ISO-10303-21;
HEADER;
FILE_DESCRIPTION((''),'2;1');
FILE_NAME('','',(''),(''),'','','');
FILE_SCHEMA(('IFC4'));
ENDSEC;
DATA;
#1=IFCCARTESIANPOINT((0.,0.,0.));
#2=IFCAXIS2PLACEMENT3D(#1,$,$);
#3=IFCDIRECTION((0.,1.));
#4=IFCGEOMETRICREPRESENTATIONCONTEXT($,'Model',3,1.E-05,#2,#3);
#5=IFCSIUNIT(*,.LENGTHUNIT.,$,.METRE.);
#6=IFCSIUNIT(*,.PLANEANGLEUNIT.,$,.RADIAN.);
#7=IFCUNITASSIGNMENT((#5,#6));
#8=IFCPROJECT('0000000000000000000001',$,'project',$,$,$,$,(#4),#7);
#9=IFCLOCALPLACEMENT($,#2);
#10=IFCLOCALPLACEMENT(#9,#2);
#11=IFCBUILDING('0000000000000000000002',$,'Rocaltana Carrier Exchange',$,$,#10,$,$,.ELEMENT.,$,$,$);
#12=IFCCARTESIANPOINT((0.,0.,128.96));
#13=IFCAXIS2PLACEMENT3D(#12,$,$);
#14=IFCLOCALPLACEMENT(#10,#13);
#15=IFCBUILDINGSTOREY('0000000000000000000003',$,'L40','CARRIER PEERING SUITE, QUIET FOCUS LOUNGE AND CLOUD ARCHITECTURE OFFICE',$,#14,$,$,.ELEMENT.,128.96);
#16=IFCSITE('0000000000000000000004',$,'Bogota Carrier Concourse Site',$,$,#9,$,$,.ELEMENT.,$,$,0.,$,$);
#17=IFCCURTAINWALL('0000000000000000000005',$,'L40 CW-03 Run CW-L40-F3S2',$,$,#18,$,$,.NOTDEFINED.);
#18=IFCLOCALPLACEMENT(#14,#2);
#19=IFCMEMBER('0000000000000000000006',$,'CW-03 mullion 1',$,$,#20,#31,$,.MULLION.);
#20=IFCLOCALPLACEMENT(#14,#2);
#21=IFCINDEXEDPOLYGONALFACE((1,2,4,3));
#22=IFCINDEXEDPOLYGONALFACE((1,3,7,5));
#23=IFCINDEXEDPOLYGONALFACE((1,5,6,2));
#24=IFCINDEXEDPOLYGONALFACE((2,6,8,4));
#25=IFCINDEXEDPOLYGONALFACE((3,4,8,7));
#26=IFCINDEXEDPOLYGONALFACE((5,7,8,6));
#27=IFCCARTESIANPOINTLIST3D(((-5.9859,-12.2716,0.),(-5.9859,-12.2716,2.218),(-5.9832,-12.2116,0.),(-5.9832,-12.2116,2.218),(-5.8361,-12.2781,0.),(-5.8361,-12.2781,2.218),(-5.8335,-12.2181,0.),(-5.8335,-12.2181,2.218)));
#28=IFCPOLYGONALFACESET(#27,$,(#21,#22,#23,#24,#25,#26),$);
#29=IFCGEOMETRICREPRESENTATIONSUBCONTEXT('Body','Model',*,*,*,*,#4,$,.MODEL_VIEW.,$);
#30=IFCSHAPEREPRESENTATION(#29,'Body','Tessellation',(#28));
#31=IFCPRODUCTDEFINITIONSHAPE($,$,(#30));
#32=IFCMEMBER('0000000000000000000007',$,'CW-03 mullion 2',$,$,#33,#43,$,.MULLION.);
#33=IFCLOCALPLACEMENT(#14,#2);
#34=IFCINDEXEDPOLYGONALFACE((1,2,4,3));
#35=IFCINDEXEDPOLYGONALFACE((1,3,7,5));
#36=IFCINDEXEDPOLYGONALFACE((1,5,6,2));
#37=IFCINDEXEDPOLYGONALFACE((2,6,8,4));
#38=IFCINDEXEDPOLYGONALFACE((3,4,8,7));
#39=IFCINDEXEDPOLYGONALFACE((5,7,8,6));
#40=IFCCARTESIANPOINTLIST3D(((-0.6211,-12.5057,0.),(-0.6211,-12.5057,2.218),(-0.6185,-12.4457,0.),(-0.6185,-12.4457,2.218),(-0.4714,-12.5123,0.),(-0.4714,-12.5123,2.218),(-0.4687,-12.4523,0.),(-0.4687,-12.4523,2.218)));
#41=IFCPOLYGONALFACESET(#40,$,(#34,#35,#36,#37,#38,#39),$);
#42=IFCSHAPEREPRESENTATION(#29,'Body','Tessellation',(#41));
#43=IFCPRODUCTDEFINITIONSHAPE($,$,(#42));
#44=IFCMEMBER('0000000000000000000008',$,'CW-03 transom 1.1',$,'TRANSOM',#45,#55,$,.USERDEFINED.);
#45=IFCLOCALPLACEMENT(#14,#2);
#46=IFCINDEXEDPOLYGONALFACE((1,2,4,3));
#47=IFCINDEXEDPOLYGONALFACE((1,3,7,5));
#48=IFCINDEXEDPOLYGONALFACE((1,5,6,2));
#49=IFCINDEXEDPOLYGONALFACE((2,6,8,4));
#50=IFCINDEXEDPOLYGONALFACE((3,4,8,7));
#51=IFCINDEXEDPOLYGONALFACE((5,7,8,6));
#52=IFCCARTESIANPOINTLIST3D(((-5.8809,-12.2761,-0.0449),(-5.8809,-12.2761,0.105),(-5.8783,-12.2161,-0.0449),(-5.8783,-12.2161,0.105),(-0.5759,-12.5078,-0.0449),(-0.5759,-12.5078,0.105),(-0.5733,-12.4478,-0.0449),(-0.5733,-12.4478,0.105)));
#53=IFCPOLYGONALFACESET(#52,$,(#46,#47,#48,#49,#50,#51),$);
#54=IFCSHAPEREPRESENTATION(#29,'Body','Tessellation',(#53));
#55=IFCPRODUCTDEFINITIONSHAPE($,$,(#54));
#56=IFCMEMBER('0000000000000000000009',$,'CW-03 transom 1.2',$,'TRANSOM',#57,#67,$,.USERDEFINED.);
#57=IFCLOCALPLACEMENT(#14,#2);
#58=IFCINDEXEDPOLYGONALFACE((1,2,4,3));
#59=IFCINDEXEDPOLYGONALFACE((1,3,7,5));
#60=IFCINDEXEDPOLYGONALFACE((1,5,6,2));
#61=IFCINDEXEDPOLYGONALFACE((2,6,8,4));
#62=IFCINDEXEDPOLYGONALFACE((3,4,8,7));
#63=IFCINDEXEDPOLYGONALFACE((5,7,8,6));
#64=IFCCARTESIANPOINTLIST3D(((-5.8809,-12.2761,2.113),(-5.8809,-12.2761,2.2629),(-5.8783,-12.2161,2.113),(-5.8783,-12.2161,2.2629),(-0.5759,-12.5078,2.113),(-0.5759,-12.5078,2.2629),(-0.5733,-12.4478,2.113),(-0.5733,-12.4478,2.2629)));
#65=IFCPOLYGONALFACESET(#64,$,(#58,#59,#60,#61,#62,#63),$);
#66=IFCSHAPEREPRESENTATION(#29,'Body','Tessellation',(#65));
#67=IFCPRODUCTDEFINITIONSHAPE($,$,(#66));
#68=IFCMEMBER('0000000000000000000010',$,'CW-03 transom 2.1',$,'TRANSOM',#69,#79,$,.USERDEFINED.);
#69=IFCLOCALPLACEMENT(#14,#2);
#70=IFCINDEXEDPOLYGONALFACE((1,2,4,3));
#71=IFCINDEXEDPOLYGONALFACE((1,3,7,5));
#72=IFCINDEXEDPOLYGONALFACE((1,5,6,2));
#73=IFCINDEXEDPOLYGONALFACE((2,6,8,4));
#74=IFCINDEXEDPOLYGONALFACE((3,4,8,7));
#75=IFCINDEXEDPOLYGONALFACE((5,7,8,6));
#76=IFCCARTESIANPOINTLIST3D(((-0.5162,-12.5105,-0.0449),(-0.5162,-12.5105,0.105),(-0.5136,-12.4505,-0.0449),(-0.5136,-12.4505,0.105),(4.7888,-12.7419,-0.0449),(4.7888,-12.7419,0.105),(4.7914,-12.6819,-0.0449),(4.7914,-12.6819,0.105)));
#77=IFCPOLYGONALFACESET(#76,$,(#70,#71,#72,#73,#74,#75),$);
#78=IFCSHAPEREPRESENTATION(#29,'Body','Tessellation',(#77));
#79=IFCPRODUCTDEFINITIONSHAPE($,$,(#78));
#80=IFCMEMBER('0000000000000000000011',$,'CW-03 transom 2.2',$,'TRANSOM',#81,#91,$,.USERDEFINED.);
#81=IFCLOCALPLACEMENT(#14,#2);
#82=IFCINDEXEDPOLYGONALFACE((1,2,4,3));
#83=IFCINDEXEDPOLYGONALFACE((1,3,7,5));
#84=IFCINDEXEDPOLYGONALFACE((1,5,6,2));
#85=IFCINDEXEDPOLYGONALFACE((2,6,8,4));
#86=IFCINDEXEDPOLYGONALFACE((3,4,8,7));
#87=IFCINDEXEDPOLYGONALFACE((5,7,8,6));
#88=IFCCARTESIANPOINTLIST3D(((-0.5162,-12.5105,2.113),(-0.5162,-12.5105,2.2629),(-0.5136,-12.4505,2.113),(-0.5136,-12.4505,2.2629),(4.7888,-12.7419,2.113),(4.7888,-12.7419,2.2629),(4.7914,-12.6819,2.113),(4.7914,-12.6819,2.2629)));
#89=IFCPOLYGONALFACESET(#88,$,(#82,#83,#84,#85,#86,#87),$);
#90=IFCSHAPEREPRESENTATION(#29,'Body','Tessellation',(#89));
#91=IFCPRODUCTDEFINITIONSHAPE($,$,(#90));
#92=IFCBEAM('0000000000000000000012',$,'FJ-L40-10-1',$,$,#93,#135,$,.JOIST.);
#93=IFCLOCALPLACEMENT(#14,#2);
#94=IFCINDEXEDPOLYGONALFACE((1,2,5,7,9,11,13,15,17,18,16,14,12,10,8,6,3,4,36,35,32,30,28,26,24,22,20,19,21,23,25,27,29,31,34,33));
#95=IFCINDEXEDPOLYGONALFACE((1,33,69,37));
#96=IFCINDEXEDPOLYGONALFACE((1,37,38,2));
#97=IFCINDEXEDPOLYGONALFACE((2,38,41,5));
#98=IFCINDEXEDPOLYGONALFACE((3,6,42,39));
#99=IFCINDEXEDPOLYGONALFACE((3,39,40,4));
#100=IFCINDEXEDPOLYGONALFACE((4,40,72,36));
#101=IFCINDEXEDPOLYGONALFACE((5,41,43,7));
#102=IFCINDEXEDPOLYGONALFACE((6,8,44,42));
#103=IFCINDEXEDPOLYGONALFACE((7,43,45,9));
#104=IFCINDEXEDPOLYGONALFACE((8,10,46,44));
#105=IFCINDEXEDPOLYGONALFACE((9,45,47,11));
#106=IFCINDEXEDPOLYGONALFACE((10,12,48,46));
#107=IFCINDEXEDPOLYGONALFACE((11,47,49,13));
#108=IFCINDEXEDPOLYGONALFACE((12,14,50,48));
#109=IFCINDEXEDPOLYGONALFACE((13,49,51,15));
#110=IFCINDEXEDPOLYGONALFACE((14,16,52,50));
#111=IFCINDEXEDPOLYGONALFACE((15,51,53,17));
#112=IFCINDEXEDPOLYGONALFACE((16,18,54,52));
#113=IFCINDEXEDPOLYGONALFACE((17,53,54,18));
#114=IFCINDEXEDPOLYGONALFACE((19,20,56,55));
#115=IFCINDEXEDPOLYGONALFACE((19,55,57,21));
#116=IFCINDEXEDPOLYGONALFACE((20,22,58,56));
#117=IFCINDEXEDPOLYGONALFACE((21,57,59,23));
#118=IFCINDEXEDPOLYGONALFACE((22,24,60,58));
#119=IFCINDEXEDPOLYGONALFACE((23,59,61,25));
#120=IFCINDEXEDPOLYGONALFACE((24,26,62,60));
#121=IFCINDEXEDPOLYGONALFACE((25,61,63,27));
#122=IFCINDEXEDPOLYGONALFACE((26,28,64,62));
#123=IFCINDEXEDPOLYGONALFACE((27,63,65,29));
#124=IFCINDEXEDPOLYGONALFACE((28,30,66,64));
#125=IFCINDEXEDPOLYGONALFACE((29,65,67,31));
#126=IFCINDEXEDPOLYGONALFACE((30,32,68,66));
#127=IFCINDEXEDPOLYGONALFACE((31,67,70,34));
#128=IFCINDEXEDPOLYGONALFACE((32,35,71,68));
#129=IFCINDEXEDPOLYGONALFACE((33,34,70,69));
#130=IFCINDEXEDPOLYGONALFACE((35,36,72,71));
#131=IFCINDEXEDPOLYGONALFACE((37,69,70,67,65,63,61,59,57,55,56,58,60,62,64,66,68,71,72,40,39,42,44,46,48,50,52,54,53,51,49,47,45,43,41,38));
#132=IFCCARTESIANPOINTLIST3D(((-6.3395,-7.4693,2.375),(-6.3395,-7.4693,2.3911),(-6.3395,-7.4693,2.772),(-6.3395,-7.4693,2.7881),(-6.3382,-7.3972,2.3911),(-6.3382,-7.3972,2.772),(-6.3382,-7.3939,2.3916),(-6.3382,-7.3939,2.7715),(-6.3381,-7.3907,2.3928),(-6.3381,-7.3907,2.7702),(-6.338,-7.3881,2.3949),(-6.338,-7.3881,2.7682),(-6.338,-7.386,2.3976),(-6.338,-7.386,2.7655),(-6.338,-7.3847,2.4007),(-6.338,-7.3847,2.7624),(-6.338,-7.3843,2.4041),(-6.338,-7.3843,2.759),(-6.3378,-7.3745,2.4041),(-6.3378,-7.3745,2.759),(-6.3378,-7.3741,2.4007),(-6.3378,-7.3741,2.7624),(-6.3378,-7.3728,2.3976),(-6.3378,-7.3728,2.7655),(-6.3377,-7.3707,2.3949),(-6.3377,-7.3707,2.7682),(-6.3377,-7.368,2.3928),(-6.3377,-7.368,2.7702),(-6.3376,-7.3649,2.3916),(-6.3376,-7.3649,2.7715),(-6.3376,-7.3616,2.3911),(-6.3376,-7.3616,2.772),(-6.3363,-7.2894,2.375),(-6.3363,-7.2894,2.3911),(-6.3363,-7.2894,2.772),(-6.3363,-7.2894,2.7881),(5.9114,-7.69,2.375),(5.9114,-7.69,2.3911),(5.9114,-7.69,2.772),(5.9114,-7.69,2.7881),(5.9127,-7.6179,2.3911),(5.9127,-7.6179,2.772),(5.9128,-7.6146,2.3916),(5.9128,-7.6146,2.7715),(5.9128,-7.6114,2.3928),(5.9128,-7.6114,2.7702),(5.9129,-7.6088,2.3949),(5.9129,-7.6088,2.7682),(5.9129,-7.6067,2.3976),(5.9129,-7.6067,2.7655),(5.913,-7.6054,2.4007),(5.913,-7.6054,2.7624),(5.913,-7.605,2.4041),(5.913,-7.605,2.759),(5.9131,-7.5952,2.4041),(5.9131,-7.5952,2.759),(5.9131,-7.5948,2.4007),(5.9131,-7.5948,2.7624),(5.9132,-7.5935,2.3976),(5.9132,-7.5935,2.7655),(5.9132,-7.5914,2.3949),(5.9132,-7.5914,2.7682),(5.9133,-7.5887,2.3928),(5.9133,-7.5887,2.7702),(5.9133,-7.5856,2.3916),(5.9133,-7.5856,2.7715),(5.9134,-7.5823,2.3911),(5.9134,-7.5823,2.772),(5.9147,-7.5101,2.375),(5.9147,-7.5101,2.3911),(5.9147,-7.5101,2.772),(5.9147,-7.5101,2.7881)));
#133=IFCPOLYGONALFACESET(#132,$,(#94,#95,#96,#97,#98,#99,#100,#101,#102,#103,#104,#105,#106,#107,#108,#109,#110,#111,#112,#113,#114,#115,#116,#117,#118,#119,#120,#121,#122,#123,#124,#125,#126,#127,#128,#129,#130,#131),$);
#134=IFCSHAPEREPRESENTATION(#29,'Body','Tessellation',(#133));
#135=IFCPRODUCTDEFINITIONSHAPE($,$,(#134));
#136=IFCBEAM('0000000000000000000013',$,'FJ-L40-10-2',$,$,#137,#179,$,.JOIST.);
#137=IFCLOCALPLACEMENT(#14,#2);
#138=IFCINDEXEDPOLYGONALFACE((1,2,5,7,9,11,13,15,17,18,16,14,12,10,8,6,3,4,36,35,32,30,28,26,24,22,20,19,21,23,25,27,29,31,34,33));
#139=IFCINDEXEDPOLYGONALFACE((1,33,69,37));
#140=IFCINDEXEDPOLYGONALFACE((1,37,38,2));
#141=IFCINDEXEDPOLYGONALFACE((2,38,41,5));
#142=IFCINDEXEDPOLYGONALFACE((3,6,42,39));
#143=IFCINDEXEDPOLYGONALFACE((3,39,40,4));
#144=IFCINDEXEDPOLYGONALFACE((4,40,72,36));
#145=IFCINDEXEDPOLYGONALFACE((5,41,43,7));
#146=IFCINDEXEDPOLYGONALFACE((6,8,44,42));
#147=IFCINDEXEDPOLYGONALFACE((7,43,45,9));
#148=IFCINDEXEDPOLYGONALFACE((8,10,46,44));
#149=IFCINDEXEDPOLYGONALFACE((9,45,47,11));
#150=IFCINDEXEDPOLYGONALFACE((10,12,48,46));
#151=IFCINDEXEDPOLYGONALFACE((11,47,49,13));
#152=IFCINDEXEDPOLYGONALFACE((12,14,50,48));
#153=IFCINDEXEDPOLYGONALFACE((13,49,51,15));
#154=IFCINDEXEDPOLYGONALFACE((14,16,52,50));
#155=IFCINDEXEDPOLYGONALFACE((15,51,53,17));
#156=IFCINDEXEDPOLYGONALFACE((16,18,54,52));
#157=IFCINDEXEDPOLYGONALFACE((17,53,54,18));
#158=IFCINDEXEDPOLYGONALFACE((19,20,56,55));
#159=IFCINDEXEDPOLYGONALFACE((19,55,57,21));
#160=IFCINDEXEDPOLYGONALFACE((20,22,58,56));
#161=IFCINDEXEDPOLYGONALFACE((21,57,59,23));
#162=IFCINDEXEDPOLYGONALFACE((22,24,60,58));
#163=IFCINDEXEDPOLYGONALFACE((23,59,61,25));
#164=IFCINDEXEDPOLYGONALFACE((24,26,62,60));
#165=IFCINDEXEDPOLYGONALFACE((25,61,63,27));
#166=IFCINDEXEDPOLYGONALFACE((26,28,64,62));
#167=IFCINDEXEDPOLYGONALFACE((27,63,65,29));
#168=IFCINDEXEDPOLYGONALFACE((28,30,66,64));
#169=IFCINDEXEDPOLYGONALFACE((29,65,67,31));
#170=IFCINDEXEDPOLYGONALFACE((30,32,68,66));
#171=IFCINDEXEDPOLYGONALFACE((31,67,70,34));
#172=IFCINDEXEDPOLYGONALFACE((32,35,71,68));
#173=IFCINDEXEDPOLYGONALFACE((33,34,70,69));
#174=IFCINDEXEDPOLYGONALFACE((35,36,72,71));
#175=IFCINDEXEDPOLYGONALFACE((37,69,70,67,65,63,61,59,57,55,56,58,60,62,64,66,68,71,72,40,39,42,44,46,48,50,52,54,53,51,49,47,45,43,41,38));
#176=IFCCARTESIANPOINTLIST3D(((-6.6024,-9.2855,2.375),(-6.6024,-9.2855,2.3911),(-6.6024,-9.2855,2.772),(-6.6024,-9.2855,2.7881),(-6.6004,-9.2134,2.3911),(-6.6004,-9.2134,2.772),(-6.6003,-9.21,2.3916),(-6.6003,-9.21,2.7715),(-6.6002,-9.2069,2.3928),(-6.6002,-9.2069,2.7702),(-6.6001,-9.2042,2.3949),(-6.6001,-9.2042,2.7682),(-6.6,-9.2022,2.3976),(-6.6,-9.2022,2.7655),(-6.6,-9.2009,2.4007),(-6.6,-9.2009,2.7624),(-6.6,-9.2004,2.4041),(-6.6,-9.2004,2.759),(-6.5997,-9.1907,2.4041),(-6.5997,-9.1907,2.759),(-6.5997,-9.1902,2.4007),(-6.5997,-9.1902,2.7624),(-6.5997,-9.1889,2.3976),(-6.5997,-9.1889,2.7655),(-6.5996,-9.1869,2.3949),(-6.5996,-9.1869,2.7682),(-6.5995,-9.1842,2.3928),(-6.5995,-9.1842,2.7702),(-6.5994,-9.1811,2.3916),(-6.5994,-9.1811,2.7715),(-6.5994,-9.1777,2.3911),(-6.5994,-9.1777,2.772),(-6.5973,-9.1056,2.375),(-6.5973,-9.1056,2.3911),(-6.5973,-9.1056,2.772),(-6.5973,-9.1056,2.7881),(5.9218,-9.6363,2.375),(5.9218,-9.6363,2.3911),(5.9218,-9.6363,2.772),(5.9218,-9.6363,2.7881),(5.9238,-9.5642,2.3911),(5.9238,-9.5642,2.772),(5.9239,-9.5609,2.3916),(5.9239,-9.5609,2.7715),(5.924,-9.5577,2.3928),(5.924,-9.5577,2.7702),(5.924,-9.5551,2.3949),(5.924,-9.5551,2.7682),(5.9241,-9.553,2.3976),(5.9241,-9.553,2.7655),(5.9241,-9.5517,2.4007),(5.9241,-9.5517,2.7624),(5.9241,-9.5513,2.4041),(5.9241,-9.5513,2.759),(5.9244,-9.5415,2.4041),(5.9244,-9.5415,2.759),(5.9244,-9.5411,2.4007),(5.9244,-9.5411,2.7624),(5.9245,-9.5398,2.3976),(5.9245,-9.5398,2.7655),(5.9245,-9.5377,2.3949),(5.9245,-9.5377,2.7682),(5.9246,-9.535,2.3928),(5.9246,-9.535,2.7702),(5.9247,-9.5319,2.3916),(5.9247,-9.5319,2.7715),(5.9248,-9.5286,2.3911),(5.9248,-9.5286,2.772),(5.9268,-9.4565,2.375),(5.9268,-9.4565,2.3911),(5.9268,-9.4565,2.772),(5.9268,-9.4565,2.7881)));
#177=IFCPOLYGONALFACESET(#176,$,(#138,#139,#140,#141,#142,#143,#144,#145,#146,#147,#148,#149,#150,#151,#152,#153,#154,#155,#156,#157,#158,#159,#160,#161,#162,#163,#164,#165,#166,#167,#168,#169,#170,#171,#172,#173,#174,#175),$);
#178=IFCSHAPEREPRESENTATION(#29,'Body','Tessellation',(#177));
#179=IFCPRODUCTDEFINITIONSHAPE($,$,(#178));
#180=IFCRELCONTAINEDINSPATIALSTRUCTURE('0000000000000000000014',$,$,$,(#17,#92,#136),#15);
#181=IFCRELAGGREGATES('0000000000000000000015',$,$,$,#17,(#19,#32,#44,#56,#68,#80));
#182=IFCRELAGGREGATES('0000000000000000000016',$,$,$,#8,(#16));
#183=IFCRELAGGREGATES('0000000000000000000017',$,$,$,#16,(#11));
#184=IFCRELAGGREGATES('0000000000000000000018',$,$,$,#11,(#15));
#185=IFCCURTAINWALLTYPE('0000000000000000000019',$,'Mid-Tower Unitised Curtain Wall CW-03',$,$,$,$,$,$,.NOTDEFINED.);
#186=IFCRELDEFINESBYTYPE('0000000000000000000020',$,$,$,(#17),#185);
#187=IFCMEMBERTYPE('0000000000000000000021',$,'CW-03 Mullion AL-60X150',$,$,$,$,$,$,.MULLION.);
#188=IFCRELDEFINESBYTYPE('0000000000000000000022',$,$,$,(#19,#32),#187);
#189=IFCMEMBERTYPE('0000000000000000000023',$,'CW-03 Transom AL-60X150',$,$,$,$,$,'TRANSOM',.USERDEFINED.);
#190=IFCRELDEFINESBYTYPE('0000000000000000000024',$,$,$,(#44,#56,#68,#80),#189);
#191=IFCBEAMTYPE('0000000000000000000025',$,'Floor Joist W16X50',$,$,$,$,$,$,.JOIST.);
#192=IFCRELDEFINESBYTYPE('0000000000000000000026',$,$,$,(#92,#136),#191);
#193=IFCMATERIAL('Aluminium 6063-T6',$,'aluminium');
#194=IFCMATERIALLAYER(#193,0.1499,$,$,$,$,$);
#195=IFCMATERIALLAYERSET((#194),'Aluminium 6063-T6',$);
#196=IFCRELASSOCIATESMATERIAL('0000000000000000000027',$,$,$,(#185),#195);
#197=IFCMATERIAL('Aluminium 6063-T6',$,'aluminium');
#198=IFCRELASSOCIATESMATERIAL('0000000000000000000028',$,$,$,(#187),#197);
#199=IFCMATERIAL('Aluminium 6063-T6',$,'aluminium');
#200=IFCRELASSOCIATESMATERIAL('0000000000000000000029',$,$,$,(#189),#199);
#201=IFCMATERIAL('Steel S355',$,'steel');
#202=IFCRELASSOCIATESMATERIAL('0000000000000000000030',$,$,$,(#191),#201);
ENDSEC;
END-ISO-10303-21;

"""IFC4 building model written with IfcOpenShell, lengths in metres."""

from ifc_helpers import new_model, si_unit, direction, frame, origin, origin_2d, place, context, subcontext, project, spatial, rectangle, i_section, extrude, material, layer, layer_set, material_profile, profile_set, type_object, element, aggregate, save


model = new_model("IFC4")

# Units and contexts
model_context = context("Model", 3, precision=1e-05, world=origin(), true_north=direction((0.0, 1.0)))
body_context = subcontext(model_context, "Body", "Model", "MODEL_VIEW")
ifc_project = project(units=[si_unit("LENGTHUNIT", "METRE"), si_unit("PLANEANGLEUNIT", "RADIAN")], contexts=[model_context])

# Site, building, storey
site_placement = place(None, origin())
site = spatial("IfcSite", under=ifc_project, at=site_placement, Name="Bogota Carrier Concourse Site", CompositionType="ELEMENT", RefElevation=0.0)
building_placement = place(site_placement, origin())
building = spatial("IfcBuilding", under=site, at=building_placement, Name="Rocaltana Carrier Exchange", CompositionType="ELEMENT")
storey_placement = place(building_placement, frame((0.0, 0.0, 128.96)))
storey = spatial("IfcBuildingStorey", under=building, at=storey_placement, Name="L40", Description="CARRIER PEERING SUITE, QUIET FOCUS LOUNGE AND CLOUD ARCHITECTURE OFFICE", CompositionType="ELEMENT", Elevation=128.96)

# Curtain wall, members
ifc_material_1 = material(Name="Aluminium 6063-T6", Category="aluminium")
ifc_layer_1 = layer(ifc_material_1, 0.1499)
ifc_layer_set_1 = layer_set([ifc_layer_1], Name="Aluminium 6063-T6")
curtain_wall_type = type_object("IfcCurtainWallType", Name="Mid-Tower Unitised Curtain Wall CW-03", PredefinedType="NOTDEFINED", material=ifc_layer_set_1)
curtain_wall_placement = place(storey_placement, origin())
curtain_wall = element("IfcCurtainWall", 1, at=curtain_wall_placement, inside=storey, type_object=curtain_wall_type, Name="L40 CW-03 Run CW-L40-F3S2", PredefinedType="NOTDEFINED")
ifc_material_2 = material(Name="Aluminium 6063-T6", Category="aluminium")
ifc_material_profile_1 = material_profile(ifc_material_2, rectangle(XDim=0.0601, YDim=0.1499, at=origin_2d()), Name="AL-60X150")
ifc_profile_set_1 = profile_set([ifc_material_profile_1], Name="Aluminium 6063-T6")
member_type_1 = type_object("IfcMemberType", Name="CW-03 Mullion AL-60X150", PredefinedType="MULLION", material=ifc_profile_set_1)
member_1_placement = place(storey_placement, frame((-5.9097, -12.2449, 0.0), z_axis=(0.0, 0.0, 1.0), x_axis=(0.04362, 0.999048, 0.0)))
member_1 = element("IfcMember", 2, at=member_1_placement, type_object=member_type_1, Name="CW-03 mullion 1", PredefinedType="MULLION", context=body_context, shape_type="SweptSolid", body=[
    extrude(rectangle(XDim=0.0601, YDim=0.1499, at=origin_2d()), origin(), (0.0, 0.0, 1.0), 2.218),
])
member_2_placement = place(storey_placement, frame((-0.5449, -12.479, 0.0), z_axis=(0.0, 0.0, 1.0), x_axis=(0.04362, 0.999048, 0.0)))
member_2 = element("IfcMember", 3, at=member_2_placement, type_object=member_type_1, Name="CW-03 mullion 2", PredefinedType="MULLION", context=body_context, shape_type="SweptSolid", body=[
    extrude(rectangle(XDim=0.0601, YDim=0.1499, at=origin_2d()), origin(), (0.0, 0.0, 1.0), 2.218),
])
ifc_material_3 = material(Name="Aluminium 6063-T6", Category="aluminium")
ifc_material_profile_2 = material_profile(ifc_material_3, rectangle(XDim=0.0601, YDim=0.1499, at=origin_2d()), Name="AL-60X150")
ifc_profile_set_2 = profile_set([ifc_material_profile_2], Name="Aluminium 6063-T6")
member_type_2 = type_object("IfcMemberType", Name="CW-03 Transom AL-60X150", ElementType="TRANSOM", PredefinedType="USERDEFINED", material=ifc_profile_set_2)
member_3_placement = place(storey_placement, frame((-5.8796, -12.2461, 0.03), z_axis=(0.999048, -0.043633, 0.0), x_axis=(0.043633, 0.999048, 0.0)))
member_3 = element("IfcMember", 4, at=member_3_placement, type_object=member_type_2, Name="CW-03 transom 1.1", ObjectType="TRANSOM", PredefinedType="USERDEFINED", context=body_context, shape_type="SweptSolid", body=[
    extrude(rectangle(XDim=0.0601, YDim=0.1499, at=origin_2d()), origin(), (0.0, 0.0, 1.0), 5.3101),
])
member_4_placement = place(storey_placement, frame((-5.8796, -12.2461, 2.188), z_axis=(0.999048, -0.043633, 0.0), x_axis=(0.043633, 0.999048, 0.0)))
member_4 = element("IfcMember", 5, at=member_4_placement, type_object=member_type_2, Name="CW-03 transom 1.2", ObjectType="TRANSOM", PredefinedType="USERDEFINED", context=body_context, shape_type="SweptSolid", body=[
    extrude(rectangle(XDim=0.0601, YDim=0.1499, at=origin_2d()), origin(), (0.0, 0.0, 1.0), 5.3101),
])
member_5_placement = place(storey_placement, frame((-0.5149, -12.4805, 0.03), z_axis=(0.99905, -0.043587, 0.0), x_axis=(0.043587, 0.99905, 0.0)))
member_5 = element("IfcMember", 6, at=member_5_placement, type_object=member_type_2, Name="CW-03 transom 2.1", ObjectType="TRANSOM", PredefinedType="USERDEFINED", context=body_context, shape_type="SweptSolid", body=[
    extrude(rectangle(XDim=0.0601, YDim=0.1499, at=origin_2d()), origin(), (0.0, 0.0, 1.0), 5.3101),
])
member_6_placement = place(storey_placement, frame((-0.5149, -12.4805, 2.188), z_axis=(0.99905, -0.043587, 0.0), x_axis=(0.043587, 0.99905, 0.0)))
member_6 = element("IfcMember", 7, at=member_6_placement, type_object=member_type_2, Name="CW-03 transom 2.2", ObjectType="TRANSOM", PredefinedType="USERDEFINED", context=body_context, shape_type="SweptSolid", body=[
    extrude(rectangle(XDim=0.0601, YDim=0.1499, at=origin_2d()), origin(), (0.0, 0.0, 1.0), 5.3101),
])

# Beams
ifc_material_4 = material(Name="Steel S355", Category="steel")
ifc_material_profile_3 = material_profile(ifc_material_4, i_section(OverallWidth=0.1799, OverallDepth=0.4131, WebThickness=0.0098, FlangeThickness=0.0161, FilletRadius=0.0129, at=origin_2d()), Name="W16X50")
ifc_profile_set_3 = profile_set([ifc_material_profile_3], Name="Steel S355")
beam_type_1 = type_object("IfcBeamType", Name="Floor Joist W16X50", PredefinedType="JOIST", material=ifc_profile_set_3)
beam_1_placement = place(storey_placement, frame((-6.3379, -7.3794, 2.5815), z_axis=(0.999838, -0.018012, 0.0), x_axis=(0.018012, 0.999838, 0.0)))
element("IfcBeam", 8, at=beam_1_placement, inside=storey, type_object=beam_type_1, Name="FJ-L40-10-1", PredefinedType="JOIST", context=body_context, shape_type="SweptSolid", body=[
    extrude(i_section(OverallWidth=0.1799, OverallDepth=0.4131, WebThickness=0.0098, FlangeThickness=0.0161, FilletRadius=0.0129, at=origin_2d()), origin(), (0.0, 0.0, 1.0), 12.2529),
])
beam_2_placement = place(storey_placement, frame((-6.5999, -9.1956, 2.5815), z_axis=(0.999608, -0.028001, 0.0), x_axis=(0.028001, 0.999608, 0.0)))
element("IfcBeam", 9, at=beam_2_placement, inside=storey, type_object=beam_type_1, Name="FJ-L40-10-2", PredefinedType="JOIST", context=body_context, shape_type="SweptSolid", body=[
    extrude(i_section(OverallWidth=0.1799, OverallDepth=0.4131, WebThickness=0.0098, FlangeThickness=0.0161, FilletRadius=0.0129, at=origin_2d()), origin(), (0.0, 0.0, 1.0), 12.5291),
])

aggregate(curtain_wall, [member_1, member_2, member_3, member_4, member_5, member_6])

save(model, "model.ifc")
